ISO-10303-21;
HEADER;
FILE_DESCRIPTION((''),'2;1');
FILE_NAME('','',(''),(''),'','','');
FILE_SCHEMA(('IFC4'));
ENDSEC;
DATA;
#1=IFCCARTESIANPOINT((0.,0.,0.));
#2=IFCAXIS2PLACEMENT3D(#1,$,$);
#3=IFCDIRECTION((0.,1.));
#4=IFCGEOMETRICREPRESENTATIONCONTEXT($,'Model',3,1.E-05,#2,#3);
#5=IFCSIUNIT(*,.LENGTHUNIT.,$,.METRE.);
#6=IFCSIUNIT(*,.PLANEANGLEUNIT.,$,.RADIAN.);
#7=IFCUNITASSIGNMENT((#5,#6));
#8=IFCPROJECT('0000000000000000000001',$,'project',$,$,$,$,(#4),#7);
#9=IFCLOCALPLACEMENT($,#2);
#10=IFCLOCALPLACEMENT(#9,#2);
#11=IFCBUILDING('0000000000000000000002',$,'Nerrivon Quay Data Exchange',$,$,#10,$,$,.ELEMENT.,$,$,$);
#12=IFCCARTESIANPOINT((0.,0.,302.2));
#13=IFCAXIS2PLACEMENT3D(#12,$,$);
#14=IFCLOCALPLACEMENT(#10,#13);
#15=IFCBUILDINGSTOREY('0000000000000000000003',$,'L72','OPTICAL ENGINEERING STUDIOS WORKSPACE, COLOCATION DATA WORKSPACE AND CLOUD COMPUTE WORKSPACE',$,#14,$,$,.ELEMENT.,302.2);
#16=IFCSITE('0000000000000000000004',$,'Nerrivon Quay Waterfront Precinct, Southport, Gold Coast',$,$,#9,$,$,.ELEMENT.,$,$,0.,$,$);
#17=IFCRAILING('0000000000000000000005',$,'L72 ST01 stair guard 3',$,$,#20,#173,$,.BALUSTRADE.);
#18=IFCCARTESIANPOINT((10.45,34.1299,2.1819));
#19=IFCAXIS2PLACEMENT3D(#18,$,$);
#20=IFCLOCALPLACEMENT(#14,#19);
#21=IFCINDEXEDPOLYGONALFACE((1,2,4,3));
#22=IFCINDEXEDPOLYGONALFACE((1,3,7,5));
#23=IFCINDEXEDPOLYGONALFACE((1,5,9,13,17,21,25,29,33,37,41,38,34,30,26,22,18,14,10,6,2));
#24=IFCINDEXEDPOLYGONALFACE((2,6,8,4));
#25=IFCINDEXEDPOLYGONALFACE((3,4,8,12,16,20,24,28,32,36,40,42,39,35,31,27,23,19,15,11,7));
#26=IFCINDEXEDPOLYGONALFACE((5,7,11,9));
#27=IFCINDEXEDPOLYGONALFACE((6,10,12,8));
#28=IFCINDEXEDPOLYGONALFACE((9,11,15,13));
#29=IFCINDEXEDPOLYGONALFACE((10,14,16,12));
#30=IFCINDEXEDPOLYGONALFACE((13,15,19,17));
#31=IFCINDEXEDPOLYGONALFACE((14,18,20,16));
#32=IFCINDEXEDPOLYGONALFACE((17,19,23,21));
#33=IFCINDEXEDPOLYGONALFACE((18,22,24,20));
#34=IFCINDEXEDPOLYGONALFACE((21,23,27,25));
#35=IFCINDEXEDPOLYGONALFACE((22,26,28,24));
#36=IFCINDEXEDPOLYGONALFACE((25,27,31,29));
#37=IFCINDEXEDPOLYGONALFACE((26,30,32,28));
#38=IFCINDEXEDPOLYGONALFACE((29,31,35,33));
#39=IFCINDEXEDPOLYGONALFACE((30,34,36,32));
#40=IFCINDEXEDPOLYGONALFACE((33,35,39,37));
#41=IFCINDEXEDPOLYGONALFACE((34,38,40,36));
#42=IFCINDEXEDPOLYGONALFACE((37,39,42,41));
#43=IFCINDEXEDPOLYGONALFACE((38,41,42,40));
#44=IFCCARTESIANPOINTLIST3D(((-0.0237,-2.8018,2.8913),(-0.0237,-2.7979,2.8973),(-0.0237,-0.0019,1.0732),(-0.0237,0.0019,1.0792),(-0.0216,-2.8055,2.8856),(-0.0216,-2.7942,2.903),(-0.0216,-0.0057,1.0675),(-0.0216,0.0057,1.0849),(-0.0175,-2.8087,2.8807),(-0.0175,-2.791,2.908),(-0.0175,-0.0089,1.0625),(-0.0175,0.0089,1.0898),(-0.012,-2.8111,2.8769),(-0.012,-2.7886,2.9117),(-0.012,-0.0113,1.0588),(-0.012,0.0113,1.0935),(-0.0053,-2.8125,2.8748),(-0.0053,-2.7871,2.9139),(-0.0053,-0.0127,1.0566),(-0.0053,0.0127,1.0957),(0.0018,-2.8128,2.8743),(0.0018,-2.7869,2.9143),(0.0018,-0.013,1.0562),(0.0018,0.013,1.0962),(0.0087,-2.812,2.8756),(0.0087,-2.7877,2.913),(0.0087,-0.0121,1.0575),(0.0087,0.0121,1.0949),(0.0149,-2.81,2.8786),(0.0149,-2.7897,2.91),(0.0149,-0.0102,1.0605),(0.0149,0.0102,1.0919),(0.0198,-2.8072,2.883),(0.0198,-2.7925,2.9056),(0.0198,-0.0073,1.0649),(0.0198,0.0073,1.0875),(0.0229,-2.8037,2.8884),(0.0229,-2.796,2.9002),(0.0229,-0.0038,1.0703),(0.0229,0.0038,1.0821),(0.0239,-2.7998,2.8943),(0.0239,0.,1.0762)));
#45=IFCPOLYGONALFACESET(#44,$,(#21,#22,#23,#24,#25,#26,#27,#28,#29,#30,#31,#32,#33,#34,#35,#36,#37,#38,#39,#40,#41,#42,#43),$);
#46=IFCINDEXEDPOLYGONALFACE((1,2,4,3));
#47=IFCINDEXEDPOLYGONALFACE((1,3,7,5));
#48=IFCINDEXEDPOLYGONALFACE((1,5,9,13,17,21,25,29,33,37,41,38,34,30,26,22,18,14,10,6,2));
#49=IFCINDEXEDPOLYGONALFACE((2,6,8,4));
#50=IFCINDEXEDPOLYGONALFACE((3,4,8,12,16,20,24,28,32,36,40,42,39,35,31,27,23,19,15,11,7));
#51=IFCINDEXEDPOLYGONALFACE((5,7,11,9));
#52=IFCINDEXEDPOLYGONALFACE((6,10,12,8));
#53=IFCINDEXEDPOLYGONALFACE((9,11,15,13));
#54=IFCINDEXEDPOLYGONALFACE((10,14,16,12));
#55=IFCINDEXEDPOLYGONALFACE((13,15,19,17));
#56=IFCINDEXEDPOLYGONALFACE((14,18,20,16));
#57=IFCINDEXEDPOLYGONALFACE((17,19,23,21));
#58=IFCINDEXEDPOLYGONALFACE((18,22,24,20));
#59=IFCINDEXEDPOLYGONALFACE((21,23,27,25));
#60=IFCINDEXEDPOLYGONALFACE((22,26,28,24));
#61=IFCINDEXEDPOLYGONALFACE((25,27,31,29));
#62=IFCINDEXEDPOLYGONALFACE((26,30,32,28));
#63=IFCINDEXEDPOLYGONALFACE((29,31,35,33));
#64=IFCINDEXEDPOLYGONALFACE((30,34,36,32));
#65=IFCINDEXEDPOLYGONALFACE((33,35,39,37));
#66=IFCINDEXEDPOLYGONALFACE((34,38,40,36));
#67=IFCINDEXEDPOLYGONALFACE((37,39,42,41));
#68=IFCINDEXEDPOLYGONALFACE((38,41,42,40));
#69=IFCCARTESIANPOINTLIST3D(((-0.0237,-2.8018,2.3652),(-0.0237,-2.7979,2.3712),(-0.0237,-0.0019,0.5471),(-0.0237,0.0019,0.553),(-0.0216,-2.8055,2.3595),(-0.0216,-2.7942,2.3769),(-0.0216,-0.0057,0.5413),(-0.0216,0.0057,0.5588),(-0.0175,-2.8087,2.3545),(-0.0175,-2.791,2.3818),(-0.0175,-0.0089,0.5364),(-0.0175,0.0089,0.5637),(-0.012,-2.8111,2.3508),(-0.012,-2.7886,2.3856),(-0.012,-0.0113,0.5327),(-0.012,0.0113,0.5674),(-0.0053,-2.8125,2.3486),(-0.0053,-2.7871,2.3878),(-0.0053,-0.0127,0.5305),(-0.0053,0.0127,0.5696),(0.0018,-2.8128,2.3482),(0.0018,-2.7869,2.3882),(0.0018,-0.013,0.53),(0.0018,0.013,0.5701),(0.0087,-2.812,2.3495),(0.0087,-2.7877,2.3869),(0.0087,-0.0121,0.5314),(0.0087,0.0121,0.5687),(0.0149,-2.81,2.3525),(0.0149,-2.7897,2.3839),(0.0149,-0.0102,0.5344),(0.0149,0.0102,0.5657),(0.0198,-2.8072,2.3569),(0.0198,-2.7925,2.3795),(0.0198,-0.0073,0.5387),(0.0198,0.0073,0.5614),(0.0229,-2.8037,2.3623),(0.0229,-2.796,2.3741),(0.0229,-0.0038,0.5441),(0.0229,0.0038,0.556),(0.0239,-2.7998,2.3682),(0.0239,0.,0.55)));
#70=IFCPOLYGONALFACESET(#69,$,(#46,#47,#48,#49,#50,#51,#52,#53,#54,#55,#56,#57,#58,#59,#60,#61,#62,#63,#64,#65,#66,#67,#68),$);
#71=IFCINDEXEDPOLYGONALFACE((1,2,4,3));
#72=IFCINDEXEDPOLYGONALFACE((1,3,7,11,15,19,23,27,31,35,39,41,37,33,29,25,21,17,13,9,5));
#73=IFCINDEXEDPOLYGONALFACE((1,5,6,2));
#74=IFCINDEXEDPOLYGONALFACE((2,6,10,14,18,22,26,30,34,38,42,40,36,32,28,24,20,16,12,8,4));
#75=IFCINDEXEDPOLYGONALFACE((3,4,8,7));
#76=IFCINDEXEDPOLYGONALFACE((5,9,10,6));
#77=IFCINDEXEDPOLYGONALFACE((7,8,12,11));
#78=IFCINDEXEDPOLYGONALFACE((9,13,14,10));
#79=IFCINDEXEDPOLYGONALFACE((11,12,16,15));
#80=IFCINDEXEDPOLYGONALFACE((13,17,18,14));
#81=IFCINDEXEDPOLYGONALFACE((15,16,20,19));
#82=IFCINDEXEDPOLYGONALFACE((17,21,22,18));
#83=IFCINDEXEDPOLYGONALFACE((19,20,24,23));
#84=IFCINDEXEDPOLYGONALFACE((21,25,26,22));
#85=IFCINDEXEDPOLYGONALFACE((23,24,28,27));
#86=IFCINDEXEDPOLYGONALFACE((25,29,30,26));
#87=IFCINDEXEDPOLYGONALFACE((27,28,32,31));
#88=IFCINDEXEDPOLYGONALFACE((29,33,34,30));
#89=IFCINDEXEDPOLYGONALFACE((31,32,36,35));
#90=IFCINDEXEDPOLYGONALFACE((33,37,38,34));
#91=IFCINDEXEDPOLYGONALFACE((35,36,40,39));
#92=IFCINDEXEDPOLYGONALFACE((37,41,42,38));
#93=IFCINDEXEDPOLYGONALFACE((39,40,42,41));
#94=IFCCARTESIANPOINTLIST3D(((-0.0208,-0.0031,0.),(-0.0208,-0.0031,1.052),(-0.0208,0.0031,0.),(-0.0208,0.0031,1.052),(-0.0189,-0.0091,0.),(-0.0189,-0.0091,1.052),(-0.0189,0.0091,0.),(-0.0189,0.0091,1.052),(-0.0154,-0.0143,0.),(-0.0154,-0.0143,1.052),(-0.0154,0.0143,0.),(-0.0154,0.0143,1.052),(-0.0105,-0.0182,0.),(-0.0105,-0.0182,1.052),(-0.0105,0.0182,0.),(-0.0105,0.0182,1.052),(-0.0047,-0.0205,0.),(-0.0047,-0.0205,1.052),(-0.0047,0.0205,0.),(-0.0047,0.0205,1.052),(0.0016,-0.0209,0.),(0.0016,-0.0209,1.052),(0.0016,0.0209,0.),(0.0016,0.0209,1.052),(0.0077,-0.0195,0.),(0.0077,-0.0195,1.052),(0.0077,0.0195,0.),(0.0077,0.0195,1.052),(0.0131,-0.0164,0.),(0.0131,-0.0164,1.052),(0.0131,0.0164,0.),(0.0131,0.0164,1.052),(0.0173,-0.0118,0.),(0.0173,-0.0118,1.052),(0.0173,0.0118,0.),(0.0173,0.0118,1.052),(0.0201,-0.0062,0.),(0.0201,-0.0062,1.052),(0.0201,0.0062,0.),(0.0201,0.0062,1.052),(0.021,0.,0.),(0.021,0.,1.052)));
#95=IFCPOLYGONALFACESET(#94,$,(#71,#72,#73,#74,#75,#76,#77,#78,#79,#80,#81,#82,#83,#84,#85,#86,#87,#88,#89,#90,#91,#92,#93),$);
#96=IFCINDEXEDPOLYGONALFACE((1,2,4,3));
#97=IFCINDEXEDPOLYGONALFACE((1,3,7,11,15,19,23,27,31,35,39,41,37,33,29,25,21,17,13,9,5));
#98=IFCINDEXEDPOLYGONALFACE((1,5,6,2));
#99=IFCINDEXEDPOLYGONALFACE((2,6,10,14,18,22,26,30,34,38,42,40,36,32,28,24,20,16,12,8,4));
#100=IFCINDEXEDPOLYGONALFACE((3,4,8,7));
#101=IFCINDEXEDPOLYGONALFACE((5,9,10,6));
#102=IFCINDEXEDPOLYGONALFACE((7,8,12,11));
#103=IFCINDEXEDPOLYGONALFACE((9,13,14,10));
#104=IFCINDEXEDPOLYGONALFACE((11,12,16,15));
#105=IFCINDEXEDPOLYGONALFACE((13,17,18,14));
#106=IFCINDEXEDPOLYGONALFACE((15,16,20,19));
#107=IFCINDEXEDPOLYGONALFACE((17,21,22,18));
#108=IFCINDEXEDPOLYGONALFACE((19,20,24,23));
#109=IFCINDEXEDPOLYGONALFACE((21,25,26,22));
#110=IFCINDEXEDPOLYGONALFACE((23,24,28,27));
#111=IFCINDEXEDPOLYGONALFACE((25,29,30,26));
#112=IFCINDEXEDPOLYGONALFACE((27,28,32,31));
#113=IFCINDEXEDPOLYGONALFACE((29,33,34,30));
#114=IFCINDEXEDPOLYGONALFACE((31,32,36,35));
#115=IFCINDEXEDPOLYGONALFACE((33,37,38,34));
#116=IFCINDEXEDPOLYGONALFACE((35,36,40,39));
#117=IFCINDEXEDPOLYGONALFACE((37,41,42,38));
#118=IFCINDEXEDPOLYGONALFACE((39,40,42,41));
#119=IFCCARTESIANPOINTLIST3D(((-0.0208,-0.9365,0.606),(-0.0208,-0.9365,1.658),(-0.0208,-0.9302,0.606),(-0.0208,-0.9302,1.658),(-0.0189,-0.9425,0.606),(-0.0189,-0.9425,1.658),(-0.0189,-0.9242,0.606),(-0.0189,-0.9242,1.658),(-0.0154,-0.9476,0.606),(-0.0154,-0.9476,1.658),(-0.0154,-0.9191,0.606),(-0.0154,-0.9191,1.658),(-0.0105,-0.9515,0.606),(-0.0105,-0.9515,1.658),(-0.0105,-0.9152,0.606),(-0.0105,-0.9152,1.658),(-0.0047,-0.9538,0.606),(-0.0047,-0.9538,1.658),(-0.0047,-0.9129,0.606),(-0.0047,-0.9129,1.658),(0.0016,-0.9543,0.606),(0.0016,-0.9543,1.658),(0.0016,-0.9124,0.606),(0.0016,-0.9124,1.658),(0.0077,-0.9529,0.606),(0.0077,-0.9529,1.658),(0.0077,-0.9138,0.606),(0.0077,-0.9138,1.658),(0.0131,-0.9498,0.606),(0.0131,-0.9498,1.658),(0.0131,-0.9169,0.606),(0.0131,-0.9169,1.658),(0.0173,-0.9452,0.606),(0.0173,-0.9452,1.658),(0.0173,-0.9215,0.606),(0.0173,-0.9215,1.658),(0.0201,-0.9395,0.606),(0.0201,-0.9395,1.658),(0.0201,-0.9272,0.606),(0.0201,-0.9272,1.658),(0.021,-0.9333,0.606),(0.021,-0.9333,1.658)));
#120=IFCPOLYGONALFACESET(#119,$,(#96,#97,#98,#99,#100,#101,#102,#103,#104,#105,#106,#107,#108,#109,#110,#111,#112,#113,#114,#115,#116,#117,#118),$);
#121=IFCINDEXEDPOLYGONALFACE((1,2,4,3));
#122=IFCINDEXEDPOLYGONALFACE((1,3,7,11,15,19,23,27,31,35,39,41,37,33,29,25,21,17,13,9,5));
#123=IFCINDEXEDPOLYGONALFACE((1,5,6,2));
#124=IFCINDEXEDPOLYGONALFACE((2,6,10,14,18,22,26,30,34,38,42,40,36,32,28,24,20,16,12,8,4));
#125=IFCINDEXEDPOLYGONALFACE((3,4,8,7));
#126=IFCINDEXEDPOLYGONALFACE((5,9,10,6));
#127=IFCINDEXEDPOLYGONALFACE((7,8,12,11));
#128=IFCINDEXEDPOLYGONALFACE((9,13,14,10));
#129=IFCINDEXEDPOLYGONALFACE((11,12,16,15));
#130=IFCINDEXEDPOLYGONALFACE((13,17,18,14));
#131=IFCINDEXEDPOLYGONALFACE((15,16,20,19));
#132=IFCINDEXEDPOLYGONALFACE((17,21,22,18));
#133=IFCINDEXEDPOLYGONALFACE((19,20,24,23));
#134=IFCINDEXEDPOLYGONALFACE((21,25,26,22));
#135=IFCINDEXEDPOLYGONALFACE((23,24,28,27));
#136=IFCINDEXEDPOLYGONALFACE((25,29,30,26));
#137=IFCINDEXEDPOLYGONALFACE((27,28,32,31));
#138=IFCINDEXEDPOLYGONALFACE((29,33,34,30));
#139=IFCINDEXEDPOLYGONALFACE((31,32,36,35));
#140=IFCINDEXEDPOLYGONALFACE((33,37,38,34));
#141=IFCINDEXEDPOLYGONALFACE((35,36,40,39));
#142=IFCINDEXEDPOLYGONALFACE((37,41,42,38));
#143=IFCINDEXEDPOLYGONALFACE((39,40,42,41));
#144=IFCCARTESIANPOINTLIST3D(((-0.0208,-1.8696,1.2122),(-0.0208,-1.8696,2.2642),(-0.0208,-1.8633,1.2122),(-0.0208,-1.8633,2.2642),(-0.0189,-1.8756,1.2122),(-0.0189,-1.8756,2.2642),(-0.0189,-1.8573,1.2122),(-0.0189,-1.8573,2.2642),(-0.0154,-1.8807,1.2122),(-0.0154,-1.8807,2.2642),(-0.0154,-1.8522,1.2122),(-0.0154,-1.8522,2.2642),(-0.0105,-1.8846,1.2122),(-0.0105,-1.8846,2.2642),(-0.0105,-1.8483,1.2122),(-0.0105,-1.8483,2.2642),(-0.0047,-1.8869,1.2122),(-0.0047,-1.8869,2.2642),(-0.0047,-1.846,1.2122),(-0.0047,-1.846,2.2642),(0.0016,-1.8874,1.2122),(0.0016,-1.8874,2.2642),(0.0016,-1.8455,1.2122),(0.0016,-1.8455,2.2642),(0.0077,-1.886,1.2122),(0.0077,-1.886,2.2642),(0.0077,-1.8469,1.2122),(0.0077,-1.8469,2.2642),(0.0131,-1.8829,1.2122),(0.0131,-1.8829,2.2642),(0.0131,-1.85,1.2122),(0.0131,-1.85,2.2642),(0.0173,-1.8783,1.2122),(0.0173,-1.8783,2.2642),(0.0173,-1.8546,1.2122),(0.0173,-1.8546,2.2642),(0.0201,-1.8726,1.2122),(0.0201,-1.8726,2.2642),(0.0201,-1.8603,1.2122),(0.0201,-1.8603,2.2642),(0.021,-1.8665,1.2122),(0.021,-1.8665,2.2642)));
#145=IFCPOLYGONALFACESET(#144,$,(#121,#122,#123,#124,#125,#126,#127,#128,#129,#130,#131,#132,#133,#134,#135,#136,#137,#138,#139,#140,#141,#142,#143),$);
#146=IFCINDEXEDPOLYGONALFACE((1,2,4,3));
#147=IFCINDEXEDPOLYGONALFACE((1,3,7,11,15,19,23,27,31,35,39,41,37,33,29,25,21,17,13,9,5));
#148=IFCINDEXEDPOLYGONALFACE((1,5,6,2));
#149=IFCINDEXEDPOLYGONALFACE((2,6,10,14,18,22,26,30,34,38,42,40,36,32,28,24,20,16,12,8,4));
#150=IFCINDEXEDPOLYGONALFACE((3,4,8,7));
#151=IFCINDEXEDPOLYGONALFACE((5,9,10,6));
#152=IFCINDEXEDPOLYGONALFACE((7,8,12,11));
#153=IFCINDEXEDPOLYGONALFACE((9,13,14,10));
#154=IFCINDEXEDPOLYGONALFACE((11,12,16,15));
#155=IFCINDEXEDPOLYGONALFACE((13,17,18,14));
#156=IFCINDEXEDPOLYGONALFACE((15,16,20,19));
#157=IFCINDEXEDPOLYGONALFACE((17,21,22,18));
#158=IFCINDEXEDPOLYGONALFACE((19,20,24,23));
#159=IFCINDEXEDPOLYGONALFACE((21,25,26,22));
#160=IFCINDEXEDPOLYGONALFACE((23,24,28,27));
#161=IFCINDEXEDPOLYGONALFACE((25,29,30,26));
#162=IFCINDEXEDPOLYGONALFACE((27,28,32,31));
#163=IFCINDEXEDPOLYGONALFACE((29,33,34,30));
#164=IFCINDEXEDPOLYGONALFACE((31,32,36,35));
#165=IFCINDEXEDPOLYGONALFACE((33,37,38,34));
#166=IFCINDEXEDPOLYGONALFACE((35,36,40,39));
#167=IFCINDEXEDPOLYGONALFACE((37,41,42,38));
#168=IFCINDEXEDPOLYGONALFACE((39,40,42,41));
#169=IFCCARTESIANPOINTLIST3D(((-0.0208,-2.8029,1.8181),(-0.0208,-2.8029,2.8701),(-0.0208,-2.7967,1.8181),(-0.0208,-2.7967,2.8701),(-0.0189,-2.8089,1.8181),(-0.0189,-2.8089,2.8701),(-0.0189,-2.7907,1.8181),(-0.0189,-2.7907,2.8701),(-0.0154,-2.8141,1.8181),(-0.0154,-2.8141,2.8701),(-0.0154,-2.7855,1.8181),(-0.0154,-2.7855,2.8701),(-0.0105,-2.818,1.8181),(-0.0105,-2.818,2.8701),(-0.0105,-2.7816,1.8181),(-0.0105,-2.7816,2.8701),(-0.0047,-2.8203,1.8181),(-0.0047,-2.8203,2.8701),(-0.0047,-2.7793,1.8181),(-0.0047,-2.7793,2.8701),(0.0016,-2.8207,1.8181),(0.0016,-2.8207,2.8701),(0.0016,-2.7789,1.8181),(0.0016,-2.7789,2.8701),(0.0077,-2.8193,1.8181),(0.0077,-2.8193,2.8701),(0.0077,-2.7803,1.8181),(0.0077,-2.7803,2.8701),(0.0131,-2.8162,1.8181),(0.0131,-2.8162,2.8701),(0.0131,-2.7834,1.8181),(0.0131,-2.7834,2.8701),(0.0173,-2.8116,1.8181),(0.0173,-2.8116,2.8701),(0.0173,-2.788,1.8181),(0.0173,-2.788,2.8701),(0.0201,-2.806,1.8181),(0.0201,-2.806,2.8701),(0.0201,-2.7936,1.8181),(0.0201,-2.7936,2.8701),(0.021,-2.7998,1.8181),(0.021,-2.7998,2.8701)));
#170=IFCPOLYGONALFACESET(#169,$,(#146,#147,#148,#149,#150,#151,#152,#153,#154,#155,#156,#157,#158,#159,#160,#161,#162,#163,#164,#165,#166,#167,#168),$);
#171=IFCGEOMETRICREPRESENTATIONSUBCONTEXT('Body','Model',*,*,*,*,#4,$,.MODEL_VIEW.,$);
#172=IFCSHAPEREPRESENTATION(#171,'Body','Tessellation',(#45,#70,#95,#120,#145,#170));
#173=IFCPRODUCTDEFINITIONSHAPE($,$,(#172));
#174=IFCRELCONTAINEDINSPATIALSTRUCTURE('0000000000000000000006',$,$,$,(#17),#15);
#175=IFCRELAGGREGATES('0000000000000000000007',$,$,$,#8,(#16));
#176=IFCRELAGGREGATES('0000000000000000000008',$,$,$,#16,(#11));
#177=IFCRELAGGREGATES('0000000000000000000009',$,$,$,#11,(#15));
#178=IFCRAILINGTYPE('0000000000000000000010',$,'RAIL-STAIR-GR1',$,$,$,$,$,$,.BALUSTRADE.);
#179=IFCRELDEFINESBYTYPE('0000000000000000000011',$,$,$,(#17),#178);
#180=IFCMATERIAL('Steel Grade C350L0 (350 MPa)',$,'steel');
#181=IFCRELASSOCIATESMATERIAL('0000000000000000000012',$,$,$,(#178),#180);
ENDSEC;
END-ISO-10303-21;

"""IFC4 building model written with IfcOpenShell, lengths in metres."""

from ifc_helpers import new_model, si_unit, direction, frame, origin, origin_2d, place, context, subcontext, project, spatial, circle, extrude, material, type_object, element, save


model = new_model("IFC4")

# Units and contexts
model_context = context("Model", 3, precision=1e-05, world=origin(), true_north=direction((0.0, 1.0)))
body_context = subcontext(model_context, "Body", "Model", "MODEL_VIEW")
ifc_project = project(units=[si_unit("LENGTHUNIT", "METRE"), si_unit("PLANEANGLEUNIT", "RADIAN")], contexts=[model_context])

# Site, building, storey
site_placement = place(None, origin())
site = spatial("IfcSite", under=ifc_project, at=site_placement, Name="Nerrivon Quay Waterfront Precinct, Southport, Gold Coast", CompositionType="ELEMENT", RefElevation=0.0)
building_placement = place(site_placement, origin())
building = spatial("IfcBuilding", under=site, at=building_placement, Name="Nerrivon Quay Data Exchange", CompositionType="ELEMENT")
storey_placement = place(building_placement, frame((0.0, 0.0, 302.2)))
storey = spatial("IfcBuildingStorey", under=building, at=storey_placement, Name="L72", Description="OPTICAL ENGINEERING STUDIOS WORKSPACE, COLOCATION DATA WORKSPACE AND CLOUD COMPUTE WORKSPACE", CompositionType="ELEMENT", Elevation=302.2)

# Shared definitions
ifc_material_1 = material(Name="Steel Grade C350L0 (350 MPa)", Category="steel")

# Railing
railing_type_1 = type_object("IfcRailingType", Name="RAIL-STAIR-GR1", PredefinedType="BALUSTRADE", material=ifc_material_1)
railing_1_placement = place(storey_placement, frame((10.45, 34.1299, 2.1819)))
element("IfcRailing", 1, at=railing_1_placement, inside=storey, type_object=railing_type_1, Name="L72 ST01 stair guard 3", PredefinedType="BALUSTRADE", context=body_context, shape_type="SweptSolid", body=[
    extrude(circle(Radius=0.0239, at=origin_2d()), frame((0.0, 0.0, 1.0762), z_axis=(0.0, -0.838684, 0.544618), x_axis=(1.0, 0.0, 0.0)), (0.0, 0.0, 1.0), 3.3384),
    extrude(circle(Radius=0.0239, at=origin_2d()), frame((0.0, 0.0, 0.55), z_axis=(0.0, -0.838684, 0.544618), x_axis=(1.0, 0.0, 0.0)), (0.0, 0.0, 1.0), 3.3384),
    extrude(circle(Radius=0.021, at=origin_2d()), origin(), (0.0, 0.0, 1.0), 1.052),
    extrude(circle(Radius=0.021, at=origin_2d()), frame((0.0, -0.9333, 0.606)), (0.0, 0.0, 1.0), 1.052),
    extrude(circle(Radius=0.021, at=origin_2d()), frame((0.0, -1.8665, 1.2122)), (0.0, 0.0, 1.0), 1.052),
    extrude(circle(Radius=0.021, at=origin_2d()), frame((0.0, -2.7998, 1.8181)), (0.0, 0.0, 1.0), 1.052),
])

save(model, "model.ifc")
